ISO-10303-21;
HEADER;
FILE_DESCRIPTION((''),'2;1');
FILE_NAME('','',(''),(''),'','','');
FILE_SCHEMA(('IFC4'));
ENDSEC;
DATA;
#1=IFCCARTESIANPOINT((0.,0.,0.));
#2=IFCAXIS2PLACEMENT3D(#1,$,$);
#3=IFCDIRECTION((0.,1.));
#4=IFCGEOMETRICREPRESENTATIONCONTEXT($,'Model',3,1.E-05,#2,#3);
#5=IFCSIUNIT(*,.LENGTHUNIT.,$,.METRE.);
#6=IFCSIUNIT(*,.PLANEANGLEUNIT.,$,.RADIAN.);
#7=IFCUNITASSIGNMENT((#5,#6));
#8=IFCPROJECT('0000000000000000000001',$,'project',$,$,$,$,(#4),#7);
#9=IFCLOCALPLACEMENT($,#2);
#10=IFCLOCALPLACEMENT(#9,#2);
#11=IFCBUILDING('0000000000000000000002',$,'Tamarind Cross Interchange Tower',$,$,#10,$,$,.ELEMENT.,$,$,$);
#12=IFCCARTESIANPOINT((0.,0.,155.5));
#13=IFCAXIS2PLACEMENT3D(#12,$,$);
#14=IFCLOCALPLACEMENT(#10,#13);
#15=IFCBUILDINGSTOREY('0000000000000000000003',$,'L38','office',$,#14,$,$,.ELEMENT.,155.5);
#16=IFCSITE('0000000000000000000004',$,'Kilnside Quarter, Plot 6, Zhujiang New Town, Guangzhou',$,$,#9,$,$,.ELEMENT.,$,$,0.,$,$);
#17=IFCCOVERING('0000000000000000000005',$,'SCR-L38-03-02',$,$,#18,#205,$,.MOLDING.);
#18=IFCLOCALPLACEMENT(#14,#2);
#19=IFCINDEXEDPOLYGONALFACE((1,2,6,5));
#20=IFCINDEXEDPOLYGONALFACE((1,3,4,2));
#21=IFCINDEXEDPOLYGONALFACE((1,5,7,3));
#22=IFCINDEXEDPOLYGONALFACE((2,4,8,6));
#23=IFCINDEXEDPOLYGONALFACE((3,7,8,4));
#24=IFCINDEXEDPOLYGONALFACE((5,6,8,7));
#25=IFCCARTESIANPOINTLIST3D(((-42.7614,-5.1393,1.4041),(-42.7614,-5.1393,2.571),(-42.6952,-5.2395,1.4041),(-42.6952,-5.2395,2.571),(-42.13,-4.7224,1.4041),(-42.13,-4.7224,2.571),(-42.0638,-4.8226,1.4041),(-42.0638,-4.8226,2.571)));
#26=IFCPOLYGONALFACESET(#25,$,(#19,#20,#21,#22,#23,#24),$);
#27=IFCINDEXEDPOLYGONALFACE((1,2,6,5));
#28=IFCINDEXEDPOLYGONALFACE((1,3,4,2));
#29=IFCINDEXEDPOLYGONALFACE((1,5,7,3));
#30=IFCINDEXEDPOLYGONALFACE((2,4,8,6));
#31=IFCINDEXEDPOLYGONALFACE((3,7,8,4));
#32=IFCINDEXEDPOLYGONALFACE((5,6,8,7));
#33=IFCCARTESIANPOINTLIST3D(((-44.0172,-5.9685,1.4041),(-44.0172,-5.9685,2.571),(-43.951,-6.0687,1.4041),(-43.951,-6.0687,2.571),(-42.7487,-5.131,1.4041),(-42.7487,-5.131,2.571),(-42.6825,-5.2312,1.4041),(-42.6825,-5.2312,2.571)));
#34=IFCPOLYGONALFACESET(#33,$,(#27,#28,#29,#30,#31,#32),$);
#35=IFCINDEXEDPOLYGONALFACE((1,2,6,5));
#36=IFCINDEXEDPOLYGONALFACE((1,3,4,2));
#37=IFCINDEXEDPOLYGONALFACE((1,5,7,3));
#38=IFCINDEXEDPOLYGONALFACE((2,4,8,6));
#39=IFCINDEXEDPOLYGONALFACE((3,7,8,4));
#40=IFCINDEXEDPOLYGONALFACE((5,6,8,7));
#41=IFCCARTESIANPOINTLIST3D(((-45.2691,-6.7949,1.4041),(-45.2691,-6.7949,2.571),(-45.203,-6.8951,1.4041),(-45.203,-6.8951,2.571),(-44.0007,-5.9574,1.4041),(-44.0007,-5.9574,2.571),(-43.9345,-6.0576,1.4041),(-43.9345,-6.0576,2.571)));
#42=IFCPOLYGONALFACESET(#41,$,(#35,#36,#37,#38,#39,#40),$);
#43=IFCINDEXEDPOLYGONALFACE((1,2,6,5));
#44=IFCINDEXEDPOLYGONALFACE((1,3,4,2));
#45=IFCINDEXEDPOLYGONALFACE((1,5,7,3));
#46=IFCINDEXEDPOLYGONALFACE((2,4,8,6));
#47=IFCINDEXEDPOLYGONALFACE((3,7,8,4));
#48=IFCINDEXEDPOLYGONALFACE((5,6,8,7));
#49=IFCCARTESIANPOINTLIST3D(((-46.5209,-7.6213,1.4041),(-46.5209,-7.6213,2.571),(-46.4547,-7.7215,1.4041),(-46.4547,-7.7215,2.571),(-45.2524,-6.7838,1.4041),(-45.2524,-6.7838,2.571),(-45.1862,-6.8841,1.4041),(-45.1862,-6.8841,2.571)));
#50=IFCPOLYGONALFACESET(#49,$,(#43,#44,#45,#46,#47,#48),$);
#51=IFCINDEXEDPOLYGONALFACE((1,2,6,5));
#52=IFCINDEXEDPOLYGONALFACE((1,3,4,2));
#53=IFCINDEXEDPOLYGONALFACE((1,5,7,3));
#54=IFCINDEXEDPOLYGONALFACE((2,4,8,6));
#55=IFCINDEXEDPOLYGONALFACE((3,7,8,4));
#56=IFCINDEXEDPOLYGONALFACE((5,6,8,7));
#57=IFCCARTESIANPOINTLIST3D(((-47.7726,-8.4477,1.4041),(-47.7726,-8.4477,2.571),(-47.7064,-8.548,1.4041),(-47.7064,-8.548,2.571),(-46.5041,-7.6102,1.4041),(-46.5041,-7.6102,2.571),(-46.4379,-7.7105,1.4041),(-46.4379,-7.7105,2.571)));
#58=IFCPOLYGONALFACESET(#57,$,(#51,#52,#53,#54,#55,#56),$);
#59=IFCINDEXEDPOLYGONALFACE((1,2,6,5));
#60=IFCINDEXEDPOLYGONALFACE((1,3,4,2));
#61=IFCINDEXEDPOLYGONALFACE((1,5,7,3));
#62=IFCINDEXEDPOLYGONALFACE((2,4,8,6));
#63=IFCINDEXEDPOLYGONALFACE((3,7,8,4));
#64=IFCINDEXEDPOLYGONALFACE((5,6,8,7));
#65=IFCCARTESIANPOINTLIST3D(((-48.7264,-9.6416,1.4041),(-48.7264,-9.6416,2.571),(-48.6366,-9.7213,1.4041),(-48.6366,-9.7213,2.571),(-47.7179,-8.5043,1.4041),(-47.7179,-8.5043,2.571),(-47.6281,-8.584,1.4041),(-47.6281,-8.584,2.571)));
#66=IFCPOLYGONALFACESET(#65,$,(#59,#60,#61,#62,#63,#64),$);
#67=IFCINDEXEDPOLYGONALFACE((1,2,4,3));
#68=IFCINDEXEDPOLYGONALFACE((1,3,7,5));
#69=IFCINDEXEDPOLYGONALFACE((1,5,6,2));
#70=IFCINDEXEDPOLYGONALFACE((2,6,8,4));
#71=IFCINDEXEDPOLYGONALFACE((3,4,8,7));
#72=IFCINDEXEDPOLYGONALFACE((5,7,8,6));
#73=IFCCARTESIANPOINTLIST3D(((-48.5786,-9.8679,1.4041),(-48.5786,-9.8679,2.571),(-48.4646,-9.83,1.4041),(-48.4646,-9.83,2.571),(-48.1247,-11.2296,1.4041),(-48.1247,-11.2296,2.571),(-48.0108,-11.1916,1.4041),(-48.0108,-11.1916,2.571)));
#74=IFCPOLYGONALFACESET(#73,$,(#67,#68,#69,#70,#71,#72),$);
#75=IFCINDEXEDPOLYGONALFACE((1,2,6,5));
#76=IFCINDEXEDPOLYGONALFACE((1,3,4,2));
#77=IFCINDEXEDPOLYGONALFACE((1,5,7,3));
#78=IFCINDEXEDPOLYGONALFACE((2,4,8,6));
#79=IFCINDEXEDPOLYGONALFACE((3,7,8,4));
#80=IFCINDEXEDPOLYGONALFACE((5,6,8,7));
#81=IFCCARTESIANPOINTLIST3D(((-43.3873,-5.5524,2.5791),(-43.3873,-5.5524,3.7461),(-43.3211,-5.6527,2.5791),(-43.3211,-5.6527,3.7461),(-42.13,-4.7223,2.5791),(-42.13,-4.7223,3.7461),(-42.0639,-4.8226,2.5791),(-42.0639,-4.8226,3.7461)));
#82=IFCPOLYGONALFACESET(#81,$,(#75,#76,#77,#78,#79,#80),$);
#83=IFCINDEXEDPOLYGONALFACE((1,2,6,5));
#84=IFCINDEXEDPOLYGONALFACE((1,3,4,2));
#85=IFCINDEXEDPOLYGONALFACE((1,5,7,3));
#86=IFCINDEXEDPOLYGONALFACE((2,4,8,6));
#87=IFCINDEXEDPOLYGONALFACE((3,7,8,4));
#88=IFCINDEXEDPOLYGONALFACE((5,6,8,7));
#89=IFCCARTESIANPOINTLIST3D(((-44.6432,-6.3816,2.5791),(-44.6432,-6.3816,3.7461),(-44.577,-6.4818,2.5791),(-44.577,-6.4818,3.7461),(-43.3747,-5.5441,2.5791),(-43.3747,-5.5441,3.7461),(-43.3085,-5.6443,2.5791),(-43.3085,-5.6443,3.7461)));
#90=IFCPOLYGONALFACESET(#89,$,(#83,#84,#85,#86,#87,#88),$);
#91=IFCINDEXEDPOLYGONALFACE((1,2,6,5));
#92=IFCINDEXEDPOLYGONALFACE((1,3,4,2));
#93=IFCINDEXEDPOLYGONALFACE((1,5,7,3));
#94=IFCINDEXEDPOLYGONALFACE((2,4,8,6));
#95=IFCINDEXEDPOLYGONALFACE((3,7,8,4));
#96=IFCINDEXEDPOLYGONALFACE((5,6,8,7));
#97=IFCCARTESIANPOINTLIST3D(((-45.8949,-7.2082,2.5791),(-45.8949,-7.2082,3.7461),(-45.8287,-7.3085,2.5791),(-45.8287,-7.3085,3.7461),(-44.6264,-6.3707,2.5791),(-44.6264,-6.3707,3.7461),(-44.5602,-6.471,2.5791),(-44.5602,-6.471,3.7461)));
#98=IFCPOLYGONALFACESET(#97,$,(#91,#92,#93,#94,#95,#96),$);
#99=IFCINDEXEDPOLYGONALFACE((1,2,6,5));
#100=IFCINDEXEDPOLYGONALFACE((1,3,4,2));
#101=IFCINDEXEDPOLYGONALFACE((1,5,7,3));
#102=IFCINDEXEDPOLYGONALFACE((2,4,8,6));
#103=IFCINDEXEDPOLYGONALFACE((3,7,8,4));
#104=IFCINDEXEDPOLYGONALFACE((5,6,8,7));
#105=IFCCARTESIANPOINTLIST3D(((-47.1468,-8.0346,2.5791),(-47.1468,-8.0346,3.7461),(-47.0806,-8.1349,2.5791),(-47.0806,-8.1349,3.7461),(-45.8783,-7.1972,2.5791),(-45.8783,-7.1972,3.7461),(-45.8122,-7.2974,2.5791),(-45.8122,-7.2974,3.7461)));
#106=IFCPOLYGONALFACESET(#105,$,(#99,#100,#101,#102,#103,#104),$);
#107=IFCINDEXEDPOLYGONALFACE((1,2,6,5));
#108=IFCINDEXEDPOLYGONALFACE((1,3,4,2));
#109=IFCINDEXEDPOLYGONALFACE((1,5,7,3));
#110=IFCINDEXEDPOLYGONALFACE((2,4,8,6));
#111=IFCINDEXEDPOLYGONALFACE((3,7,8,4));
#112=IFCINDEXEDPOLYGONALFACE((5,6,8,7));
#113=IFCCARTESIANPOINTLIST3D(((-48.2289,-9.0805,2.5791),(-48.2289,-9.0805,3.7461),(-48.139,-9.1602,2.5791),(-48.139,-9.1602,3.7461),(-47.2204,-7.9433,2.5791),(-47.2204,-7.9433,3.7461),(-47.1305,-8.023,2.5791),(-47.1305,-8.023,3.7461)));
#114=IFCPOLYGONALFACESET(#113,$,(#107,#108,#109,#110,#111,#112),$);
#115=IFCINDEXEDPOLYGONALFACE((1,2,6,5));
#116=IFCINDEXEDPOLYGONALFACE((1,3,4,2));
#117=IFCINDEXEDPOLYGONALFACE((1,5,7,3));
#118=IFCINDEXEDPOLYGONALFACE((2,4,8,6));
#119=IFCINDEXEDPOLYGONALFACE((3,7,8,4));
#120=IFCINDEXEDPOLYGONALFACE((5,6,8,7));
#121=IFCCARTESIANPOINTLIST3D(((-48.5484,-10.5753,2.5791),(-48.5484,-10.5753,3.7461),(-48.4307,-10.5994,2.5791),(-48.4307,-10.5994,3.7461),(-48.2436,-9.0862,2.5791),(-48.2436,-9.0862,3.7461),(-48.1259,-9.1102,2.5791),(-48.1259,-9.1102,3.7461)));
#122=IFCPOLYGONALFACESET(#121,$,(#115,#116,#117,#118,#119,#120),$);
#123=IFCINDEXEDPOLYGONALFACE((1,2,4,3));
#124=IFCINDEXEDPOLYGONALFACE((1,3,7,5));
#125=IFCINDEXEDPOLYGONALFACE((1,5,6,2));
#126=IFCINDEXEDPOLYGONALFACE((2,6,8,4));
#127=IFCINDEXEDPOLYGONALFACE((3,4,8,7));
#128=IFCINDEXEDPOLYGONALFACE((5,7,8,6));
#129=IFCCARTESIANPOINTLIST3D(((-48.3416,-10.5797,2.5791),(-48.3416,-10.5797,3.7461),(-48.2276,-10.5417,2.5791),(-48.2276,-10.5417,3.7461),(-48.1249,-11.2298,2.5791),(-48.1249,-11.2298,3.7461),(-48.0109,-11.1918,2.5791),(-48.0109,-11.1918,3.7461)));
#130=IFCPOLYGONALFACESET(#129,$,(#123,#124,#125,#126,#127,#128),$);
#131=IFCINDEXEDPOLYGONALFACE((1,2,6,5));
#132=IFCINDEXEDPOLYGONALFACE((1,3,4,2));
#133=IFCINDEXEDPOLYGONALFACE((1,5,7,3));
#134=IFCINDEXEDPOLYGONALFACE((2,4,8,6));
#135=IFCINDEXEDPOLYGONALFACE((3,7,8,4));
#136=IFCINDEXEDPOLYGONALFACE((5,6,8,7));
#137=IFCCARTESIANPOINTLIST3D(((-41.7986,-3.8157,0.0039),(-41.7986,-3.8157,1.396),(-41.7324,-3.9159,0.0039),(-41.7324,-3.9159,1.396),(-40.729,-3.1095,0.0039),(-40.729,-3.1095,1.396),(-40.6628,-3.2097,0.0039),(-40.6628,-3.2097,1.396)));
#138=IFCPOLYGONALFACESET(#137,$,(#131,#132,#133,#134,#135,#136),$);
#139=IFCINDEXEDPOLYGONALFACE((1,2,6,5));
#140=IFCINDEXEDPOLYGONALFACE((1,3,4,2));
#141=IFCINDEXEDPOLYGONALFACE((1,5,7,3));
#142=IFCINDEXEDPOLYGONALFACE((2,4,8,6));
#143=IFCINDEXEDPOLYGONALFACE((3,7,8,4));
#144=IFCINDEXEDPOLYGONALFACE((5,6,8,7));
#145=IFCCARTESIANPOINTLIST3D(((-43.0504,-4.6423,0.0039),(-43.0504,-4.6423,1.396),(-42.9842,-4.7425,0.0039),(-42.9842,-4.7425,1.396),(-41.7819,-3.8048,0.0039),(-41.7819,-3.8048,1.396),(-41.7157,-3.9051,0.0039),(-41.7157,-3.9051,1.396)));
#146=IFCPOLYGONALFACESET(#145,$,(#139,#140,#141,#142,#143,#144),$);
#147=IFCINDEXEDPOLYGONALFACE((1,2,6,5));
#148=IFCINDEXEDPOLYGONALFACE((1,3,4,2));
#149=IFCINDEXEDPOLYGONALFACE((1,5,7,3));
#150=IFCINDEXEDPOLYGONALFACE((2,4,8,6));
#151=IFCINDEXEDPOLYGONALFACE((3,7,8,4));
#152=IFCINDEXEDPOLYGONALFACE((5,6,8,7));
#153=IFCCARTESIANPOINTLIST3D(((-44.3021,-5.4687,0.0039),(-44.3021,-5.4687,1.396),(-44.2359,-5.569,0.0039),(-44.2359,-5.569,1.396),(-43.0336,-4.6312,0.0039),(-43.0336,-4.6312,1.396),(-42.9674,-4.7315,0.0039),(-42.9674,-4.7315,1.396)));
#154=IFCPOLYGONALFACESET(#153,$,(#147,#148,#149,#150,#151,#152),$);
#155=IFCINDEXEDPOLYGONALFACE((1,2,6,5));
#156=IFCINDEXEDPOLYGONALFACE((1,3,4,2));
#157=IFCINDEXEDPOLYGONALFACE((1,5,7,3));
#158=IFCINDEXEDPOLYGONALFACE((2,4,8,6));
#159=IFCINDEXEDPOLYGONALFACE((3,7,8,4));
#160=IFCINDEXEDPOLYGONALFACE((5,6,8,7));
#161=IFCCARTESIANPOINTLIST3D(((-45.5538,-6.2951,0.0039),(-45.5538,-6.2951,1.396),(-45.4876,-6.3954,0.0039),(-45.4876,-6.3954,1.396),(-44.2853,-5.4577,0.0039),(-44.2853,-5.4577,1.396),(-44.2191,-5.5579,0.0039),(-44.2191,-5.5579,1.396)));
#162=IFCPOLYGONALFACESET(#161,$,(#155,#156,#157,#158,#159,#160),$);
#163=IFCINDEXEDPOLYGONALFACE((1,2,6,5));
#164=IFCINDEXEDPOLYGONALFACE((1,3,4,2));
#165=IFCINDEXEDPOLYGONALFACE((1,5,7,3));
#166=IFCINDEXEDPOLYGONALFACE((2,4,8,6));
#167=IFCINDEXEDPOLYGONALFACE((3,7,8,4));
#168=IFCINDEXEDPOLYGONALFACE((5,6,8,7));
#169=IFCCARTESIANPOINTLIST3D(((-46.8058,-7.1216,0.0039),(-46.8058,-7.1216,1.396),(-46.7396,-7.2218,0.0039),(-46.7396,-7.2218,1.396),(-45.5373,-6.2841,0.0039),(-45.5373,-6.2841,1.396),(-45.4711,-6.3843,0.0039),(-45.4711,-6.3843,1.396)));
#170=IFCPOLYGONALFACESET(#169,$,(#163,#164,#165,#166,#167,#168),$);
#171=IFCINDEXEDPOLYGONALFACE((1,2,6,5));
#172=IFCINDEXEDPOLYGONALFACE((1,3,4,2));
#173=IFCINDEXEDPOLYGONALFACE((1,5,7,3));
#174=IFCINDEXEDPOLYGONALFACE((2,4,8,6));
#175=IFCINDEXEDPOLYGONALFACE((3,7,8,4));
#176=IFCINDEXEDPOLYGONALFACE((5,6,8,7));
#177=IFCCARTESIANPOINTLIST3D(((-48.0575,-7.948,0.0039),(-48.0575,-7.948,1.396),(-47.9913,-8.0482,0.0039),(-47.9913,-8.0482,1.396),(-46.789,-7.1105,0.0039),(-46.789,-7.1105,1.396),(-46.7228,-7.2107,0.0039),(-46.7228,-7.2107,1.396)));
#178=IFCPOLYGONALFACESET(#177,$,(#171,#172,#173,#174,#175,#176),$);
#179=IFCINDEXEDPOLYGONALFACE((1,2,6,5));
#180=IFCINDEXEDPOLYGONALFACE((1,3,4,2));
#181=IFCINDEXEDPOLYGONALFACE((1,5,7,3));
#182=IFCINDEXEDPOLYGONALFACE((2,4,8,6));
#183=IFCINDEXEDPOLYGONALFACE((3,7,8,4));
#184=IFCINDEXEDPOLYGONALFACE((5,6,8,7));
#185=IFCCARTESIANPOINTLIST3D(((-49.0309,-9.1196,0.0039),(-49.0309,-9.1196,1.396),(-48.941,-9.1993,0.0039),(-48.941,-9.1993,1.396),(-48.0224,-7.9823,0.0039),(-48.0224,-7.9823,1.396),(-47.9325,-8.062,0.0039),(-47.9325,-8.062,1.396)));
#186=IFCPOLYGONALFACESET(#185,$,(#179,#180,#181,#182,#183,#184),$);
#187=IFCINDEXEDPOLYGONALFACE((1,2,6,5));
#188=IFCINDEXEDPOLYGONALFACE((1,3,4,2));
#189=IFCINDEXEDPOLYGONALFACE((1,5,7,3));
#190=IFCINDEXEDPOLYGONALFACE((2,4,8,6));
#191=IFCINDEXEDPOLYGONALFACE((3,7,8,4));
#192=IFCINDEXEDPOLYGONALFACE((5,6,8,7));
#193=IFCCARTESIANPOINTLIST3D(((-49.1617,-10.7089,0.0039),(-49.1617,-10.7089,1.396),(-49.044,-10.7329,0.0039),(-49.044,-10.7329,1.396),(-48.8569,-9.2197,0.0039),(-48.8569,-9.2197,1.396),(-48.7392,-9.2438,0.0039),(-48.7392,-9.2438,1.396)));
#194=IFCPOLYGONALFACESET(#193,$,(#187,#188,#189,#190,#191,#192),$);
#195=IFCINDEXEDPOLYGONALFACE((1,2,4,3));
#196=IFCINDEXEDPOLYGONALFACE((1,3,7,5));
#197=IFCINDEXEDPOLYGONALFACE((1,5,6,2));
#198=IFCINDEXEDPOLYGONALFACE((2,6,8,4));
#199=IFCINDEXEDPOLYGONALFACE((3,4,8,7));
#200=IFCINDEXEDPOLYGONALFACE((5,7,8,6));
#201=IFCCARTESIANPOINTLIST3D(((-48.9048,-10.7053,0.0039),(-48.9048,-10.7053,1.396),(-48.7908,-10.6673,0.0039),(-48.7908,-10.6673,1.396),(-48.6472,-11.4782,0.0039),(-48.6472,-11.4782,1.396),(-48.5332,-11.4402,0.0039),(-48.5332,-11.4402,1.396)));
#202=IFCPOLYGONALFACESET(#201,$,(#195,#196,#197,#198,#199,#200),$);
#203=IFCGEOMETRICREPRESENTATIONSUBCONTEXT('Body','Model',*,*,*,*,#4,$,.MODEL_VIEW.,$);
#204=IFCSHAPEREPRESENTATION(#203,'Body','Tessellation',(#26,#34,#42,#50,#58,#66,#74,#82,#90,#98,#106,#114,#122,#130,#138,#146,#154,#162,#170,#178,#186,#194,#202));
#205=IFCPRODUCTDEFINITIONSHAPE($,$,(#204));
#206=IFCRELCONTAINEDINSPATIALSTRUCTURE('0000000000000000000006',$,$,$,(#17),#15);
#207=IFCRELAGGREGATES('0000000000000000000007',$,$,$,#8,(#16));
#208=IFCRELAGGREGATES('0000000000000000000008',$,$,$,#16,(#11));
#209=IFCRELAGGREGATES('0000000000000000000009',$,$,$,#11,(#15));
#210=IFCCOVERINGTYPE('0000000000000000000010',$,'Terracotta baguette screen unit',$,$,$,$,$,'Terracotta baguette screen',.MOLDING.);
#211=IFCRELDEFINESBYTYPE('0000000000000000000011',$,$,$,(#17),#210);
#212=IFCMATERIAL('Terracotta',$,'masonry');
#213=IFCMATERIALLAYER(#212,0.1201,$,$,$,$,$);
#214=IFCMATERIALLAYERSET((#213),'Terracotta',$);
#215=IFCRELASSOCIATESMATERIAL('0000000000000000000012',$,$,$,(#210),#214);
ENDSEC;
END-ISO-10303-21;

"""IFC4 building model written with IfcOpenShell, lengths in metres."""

from ifc_helpers import new_model, si_unit, direction, frame, origin, origin_2d, place, context, subcontext, project, spatial, rectangle, extrude, material, layer, layer_set, type_object, element, save


model = new_model("IFC4")

# Units and contexts
model_context = context("Model", 3, precision=1e-05, world=origin(), true_north=direction((0.0, 1.0)))
body_context = subcontext(model_context, "Body", "Model", "MODEL_VIEW")
ifc_project = project(units=[si_unit("LENGTHUNIT", "METRE"), si_unit("PLANEANGLEUNIT", "RADIAN")], contexts=[model_context])

# Site, building, storey
site_placement = place(None, origin())
site = spatial("IfcSite", under=ifc_project, at=site_placement, Name="Kilnside Quarter, Plot 6, Zhujiang New Town, Guangzhou", CompositionType="ELEMENT", RefElevation=0.0)
building_placement = place(site_placement, origin())
building = spatial("IfcBuilding", under=site, at=building_placement, Name="Tamarind Cross Interchange Tower", CompositionType="ELEMENT")
storey_placement = place(building_placement, frame((0.0, 0.0, 155.5)))
storey = spatial("IfcBuildingStorey", under=building, at=storey_placement, Name="L38", Description="office", CompositionType="ELEMENT", Elevation=155.5)

# Covering
ifc_material_1 = material(Name="Terracotta", Category="masonry")
ifc_layer_1 = layer(ifc_material_1, 0.1201)
ifc_layer_set_1 = layer_set([ifc_layer_1], Name="Terracotta")
covering_type = type_object("IfcCoveringType", Name="Terracotta baguette screen unit", ElementType="Terracotta baguette screen", PredefinedType="MOLDING", material=ifc_layer_set_1)
covering_1_placement = place(storey_placement, origin())
element("IfcCovering", 1, at=covering_1_placement, inside=storey, type_object=covering_type, Name="SCR-L38-03-02", PredefinedType="MOLDING", context=body_context, shape_type="SweptSolid", body=[
    extrude(rectangle(XDim=0.7566, YDim=0.1201, at=origin_2d()), frame((-42.4126, -4.981, 1.4041), z_axis=(0.0, 0.0, 1.0), x_axis=(-0.834525, -0.55097, 0.0)), (0.0, 0.0, 1.0), 1.167),
    extrude(rectangle(XDim=1.52, YDim=0.1201, at=origin_2d()), frame((-43.3499, -5.5999, 1.4041), z_axis=(0.0, 0.0, 1.0), x_axis=(-0.834525, -0.55097, 0.0)), (0.0, 0.0, 1.0), 1.167),
    extrude(rectangle(XDim=1.52, YDim=0.1201, at=origin_2d()), frame((-44.6018, -6.4263, 1.4041), z_axis=(0.0, 0.0, 1.0), x_axis=(-0.834525, -0.55097, 0.0)), (0.0, 0.0, 1.0), 1.167),
    extrude(rectangle(XDim=1.52, YDim=0.1201, at=origin_2d()), frame((-45.8535, -7.2527, 1.4041), z_axis=(0.0, 0.0, 1.0), x_axis=(-0.834525, -0.55097, 0.0)), (0.0, 0.0, 1.0), 1.167),
    extrude(rectangle(XDim=1.52, YDim=0.1201, at=origin_2d()), frame((-47.1052, -8.0791, 1.4041), z_axis=(0.0, 0.0, 1.0), x_axis=(-0.834525, -0.55097, 0.0)), (0.0, 0.0, 1.0), 1.167),
    extrude(rectangle(XDim=1.52, YDim=0.1201, at=origin_2d()), frame((-48.1772, -9.1128, 1.4041), z_axis=(0.0, 0.0, 1.0), x_axis=(-0.663488, -0.748187, 0.0)), (0.0, 0.0, 1.0), 1.167),
    extrude(rectangle(XDim=1.4353, YDim=0.1201, at=origin_2d()), frame((-48.2947, -10.5298, 1.4041), z_axis=(0.0, 0.0, 1.0), x_axis=(0.316205, -0.948691, 0.0)), (0.0, 0.0, 1.0), 1.167),
    extrude(rectangle(XDim=1.5066, YDim=0.1201, at=origin_2d()), frame((-42.7256, -5.1875, 2.5791), z_axis=(0.0, 0.0, 1.0), x_axis=(-0.834525, -0.55097, 0.0)), (0.0, 0.0, 1.0), 1.167),
    extrude(rectangle(XDim=1.52, YDim=0.1201, at=origin_2d()), frame((-43.9758, -6.0129, 2.5791), z_axis=(0.0, 0.0, 1.0), x_axis=(-0.834525, -0.55097, 0.0)), (0.0, 0.0, 1.0), 1.167),
    extrude(rectangle(XDim=1.52, YDim=0.1201, at=origin_2d()), frame((-45.2275, -6.8396, 2.5791), z_axis=(0.0, 0.0, 1.0), x_axis=(-0.834525, -0.55097, 0.0)), (0.0, 0.0, 1.0), 1.167),
    extrude(rectangle(XDim=1.52, YDim=0.1201, at=origin_2d()), frame((-46.4795, -7.666, 2.5791), z_axis=(0.0, 0.0, 1.0), x_axis=(-0.834525, -0.55097, 0.0)), (0.0, 0.0, 1.0), 1.167),
    extrude(rectangle(XDim=1.52, YDim=0.1201, at=origin_2d()), frame((-47.6797, -8.5518, 2.5791), z_axis=(0.0, 0.0, 1.0), x_axis=(-0.663488, -0.748187, 0.0)), (0.0, 0.0, 1.0), 1.167),
    extrude(rectangle(XDim=1.52, YDim=0.1201, at=origin_2d()), frame((-48.3372, -9.8428, 2.5791), z_axis=(0.0, 0.0, 1.0), x_axis=(-0.200503, -0.979693, 0.0)), (0.0, 0.0, 1.0), 1.167),
    extrude(rectangle(XDim=0.6853, YDim=0.1201, at=origin_2d()), frame((-48.1763, -10.8857, 2.5791), z_axis=(0.0, 0.0, 1.0), x_axis=(0.316205, -0.948691, 0.0)), (0.0, 0.0, 1.0), 1.167),
    extrude(rectangle(XDim=1.2817, YDim=0.1201, at=origin_2d()), frame((-41.2307, -3.5127, 0.0039), z_axis=(0.0, 0.0, 1.0), x_axis=(-0.834525, -0.55097, 0.0)), (0.0, 0.0, 1.0), 1.3921),
    extrude(rectangle(XDim=1.52, YDim=0.1201, at=origin_2d()), frame((-42.3831, -4.2737, 0.0039), z_axis=(0.0, 0.0, 1.0), x_axis=(-0.834525, -0.55097, 0.0)), (0.0, 0.0, 1.0), 1.3921),
    extrude(rectangle(XDim=1.52, YDim=0.1201, at=origin_2d()), frame((-43.6348, -5.1001, 0.0039), z_axis=(0.0, 0.0, 1.0), x_axis=(-0.834525, -0.55097, 0.0)), (0.0, 0.0, 1.0), 1.3921),
    extrude(rectangle(XDim=1.52, YDim=0.1201, at=origin_2d()), frame((-44.8865, -5.9265, 0.0039), z_axis=(0.0, 0.0, 1.0), x_axis=(-0.834525, -0.55097, 0.0)), (0.0, 0.0, 1.0), 1.3921),
    extrude(rectangle(XDim=1.52, YDim=0.1201, at=origin_2d()), frame((-46.1384, -6.7529, 0.0039), z_axis=(0.0, 0.0, 1.0), x_axis=(-0.834525, -0.55097, 0.0)), (0.0, 0.0, 1.0), 1.3921),
    extrude(rectangle(XDim=1.52, YDim=0.1201, at=origin_2d()), frame((-47.3901, -7.5793, 0.0039), z_axis=(0.0, 0.0, 1.0), x_axis=(-0.834525, -0.55097, 0.0)), (0.0, 0.0, 1.0), 1.3921),
    extrude(rectangle(XDim=1.52, YDim=0.1201, at=origin_2d()), frame((-48.4817, -8.5908, 0.0039), z_axis=(0.0, 0.0, 1.0), x_axis=(-0.663488, -0.748187, 0.0)), (0.0, 0.0, 1.0), 1.3921),
    extrude(rectangle(XDim=1.52, YDim=0.1201, at=origin_2d()), frame((-48.9504, -9.9763, 0.0039), z_axis=(0.0, 0.0, 1.0), x_axis=(-0.200503, -0.979693, 0.0)), (0.0, 0.0, 1.0), 1.3921),
    extrude(rectangle(XDim=0.8147, YDim=0.1201, at=origin_2d()), frame((-48.719, -11.0728, 0.0039), z_axis=(0.0, 0.0, 1.0), x_axis=(0.316205, -0.948691, 0.0)), (0.0, 0.0, 1.0), 1.3921),
])

save(model, "model.ifc")
